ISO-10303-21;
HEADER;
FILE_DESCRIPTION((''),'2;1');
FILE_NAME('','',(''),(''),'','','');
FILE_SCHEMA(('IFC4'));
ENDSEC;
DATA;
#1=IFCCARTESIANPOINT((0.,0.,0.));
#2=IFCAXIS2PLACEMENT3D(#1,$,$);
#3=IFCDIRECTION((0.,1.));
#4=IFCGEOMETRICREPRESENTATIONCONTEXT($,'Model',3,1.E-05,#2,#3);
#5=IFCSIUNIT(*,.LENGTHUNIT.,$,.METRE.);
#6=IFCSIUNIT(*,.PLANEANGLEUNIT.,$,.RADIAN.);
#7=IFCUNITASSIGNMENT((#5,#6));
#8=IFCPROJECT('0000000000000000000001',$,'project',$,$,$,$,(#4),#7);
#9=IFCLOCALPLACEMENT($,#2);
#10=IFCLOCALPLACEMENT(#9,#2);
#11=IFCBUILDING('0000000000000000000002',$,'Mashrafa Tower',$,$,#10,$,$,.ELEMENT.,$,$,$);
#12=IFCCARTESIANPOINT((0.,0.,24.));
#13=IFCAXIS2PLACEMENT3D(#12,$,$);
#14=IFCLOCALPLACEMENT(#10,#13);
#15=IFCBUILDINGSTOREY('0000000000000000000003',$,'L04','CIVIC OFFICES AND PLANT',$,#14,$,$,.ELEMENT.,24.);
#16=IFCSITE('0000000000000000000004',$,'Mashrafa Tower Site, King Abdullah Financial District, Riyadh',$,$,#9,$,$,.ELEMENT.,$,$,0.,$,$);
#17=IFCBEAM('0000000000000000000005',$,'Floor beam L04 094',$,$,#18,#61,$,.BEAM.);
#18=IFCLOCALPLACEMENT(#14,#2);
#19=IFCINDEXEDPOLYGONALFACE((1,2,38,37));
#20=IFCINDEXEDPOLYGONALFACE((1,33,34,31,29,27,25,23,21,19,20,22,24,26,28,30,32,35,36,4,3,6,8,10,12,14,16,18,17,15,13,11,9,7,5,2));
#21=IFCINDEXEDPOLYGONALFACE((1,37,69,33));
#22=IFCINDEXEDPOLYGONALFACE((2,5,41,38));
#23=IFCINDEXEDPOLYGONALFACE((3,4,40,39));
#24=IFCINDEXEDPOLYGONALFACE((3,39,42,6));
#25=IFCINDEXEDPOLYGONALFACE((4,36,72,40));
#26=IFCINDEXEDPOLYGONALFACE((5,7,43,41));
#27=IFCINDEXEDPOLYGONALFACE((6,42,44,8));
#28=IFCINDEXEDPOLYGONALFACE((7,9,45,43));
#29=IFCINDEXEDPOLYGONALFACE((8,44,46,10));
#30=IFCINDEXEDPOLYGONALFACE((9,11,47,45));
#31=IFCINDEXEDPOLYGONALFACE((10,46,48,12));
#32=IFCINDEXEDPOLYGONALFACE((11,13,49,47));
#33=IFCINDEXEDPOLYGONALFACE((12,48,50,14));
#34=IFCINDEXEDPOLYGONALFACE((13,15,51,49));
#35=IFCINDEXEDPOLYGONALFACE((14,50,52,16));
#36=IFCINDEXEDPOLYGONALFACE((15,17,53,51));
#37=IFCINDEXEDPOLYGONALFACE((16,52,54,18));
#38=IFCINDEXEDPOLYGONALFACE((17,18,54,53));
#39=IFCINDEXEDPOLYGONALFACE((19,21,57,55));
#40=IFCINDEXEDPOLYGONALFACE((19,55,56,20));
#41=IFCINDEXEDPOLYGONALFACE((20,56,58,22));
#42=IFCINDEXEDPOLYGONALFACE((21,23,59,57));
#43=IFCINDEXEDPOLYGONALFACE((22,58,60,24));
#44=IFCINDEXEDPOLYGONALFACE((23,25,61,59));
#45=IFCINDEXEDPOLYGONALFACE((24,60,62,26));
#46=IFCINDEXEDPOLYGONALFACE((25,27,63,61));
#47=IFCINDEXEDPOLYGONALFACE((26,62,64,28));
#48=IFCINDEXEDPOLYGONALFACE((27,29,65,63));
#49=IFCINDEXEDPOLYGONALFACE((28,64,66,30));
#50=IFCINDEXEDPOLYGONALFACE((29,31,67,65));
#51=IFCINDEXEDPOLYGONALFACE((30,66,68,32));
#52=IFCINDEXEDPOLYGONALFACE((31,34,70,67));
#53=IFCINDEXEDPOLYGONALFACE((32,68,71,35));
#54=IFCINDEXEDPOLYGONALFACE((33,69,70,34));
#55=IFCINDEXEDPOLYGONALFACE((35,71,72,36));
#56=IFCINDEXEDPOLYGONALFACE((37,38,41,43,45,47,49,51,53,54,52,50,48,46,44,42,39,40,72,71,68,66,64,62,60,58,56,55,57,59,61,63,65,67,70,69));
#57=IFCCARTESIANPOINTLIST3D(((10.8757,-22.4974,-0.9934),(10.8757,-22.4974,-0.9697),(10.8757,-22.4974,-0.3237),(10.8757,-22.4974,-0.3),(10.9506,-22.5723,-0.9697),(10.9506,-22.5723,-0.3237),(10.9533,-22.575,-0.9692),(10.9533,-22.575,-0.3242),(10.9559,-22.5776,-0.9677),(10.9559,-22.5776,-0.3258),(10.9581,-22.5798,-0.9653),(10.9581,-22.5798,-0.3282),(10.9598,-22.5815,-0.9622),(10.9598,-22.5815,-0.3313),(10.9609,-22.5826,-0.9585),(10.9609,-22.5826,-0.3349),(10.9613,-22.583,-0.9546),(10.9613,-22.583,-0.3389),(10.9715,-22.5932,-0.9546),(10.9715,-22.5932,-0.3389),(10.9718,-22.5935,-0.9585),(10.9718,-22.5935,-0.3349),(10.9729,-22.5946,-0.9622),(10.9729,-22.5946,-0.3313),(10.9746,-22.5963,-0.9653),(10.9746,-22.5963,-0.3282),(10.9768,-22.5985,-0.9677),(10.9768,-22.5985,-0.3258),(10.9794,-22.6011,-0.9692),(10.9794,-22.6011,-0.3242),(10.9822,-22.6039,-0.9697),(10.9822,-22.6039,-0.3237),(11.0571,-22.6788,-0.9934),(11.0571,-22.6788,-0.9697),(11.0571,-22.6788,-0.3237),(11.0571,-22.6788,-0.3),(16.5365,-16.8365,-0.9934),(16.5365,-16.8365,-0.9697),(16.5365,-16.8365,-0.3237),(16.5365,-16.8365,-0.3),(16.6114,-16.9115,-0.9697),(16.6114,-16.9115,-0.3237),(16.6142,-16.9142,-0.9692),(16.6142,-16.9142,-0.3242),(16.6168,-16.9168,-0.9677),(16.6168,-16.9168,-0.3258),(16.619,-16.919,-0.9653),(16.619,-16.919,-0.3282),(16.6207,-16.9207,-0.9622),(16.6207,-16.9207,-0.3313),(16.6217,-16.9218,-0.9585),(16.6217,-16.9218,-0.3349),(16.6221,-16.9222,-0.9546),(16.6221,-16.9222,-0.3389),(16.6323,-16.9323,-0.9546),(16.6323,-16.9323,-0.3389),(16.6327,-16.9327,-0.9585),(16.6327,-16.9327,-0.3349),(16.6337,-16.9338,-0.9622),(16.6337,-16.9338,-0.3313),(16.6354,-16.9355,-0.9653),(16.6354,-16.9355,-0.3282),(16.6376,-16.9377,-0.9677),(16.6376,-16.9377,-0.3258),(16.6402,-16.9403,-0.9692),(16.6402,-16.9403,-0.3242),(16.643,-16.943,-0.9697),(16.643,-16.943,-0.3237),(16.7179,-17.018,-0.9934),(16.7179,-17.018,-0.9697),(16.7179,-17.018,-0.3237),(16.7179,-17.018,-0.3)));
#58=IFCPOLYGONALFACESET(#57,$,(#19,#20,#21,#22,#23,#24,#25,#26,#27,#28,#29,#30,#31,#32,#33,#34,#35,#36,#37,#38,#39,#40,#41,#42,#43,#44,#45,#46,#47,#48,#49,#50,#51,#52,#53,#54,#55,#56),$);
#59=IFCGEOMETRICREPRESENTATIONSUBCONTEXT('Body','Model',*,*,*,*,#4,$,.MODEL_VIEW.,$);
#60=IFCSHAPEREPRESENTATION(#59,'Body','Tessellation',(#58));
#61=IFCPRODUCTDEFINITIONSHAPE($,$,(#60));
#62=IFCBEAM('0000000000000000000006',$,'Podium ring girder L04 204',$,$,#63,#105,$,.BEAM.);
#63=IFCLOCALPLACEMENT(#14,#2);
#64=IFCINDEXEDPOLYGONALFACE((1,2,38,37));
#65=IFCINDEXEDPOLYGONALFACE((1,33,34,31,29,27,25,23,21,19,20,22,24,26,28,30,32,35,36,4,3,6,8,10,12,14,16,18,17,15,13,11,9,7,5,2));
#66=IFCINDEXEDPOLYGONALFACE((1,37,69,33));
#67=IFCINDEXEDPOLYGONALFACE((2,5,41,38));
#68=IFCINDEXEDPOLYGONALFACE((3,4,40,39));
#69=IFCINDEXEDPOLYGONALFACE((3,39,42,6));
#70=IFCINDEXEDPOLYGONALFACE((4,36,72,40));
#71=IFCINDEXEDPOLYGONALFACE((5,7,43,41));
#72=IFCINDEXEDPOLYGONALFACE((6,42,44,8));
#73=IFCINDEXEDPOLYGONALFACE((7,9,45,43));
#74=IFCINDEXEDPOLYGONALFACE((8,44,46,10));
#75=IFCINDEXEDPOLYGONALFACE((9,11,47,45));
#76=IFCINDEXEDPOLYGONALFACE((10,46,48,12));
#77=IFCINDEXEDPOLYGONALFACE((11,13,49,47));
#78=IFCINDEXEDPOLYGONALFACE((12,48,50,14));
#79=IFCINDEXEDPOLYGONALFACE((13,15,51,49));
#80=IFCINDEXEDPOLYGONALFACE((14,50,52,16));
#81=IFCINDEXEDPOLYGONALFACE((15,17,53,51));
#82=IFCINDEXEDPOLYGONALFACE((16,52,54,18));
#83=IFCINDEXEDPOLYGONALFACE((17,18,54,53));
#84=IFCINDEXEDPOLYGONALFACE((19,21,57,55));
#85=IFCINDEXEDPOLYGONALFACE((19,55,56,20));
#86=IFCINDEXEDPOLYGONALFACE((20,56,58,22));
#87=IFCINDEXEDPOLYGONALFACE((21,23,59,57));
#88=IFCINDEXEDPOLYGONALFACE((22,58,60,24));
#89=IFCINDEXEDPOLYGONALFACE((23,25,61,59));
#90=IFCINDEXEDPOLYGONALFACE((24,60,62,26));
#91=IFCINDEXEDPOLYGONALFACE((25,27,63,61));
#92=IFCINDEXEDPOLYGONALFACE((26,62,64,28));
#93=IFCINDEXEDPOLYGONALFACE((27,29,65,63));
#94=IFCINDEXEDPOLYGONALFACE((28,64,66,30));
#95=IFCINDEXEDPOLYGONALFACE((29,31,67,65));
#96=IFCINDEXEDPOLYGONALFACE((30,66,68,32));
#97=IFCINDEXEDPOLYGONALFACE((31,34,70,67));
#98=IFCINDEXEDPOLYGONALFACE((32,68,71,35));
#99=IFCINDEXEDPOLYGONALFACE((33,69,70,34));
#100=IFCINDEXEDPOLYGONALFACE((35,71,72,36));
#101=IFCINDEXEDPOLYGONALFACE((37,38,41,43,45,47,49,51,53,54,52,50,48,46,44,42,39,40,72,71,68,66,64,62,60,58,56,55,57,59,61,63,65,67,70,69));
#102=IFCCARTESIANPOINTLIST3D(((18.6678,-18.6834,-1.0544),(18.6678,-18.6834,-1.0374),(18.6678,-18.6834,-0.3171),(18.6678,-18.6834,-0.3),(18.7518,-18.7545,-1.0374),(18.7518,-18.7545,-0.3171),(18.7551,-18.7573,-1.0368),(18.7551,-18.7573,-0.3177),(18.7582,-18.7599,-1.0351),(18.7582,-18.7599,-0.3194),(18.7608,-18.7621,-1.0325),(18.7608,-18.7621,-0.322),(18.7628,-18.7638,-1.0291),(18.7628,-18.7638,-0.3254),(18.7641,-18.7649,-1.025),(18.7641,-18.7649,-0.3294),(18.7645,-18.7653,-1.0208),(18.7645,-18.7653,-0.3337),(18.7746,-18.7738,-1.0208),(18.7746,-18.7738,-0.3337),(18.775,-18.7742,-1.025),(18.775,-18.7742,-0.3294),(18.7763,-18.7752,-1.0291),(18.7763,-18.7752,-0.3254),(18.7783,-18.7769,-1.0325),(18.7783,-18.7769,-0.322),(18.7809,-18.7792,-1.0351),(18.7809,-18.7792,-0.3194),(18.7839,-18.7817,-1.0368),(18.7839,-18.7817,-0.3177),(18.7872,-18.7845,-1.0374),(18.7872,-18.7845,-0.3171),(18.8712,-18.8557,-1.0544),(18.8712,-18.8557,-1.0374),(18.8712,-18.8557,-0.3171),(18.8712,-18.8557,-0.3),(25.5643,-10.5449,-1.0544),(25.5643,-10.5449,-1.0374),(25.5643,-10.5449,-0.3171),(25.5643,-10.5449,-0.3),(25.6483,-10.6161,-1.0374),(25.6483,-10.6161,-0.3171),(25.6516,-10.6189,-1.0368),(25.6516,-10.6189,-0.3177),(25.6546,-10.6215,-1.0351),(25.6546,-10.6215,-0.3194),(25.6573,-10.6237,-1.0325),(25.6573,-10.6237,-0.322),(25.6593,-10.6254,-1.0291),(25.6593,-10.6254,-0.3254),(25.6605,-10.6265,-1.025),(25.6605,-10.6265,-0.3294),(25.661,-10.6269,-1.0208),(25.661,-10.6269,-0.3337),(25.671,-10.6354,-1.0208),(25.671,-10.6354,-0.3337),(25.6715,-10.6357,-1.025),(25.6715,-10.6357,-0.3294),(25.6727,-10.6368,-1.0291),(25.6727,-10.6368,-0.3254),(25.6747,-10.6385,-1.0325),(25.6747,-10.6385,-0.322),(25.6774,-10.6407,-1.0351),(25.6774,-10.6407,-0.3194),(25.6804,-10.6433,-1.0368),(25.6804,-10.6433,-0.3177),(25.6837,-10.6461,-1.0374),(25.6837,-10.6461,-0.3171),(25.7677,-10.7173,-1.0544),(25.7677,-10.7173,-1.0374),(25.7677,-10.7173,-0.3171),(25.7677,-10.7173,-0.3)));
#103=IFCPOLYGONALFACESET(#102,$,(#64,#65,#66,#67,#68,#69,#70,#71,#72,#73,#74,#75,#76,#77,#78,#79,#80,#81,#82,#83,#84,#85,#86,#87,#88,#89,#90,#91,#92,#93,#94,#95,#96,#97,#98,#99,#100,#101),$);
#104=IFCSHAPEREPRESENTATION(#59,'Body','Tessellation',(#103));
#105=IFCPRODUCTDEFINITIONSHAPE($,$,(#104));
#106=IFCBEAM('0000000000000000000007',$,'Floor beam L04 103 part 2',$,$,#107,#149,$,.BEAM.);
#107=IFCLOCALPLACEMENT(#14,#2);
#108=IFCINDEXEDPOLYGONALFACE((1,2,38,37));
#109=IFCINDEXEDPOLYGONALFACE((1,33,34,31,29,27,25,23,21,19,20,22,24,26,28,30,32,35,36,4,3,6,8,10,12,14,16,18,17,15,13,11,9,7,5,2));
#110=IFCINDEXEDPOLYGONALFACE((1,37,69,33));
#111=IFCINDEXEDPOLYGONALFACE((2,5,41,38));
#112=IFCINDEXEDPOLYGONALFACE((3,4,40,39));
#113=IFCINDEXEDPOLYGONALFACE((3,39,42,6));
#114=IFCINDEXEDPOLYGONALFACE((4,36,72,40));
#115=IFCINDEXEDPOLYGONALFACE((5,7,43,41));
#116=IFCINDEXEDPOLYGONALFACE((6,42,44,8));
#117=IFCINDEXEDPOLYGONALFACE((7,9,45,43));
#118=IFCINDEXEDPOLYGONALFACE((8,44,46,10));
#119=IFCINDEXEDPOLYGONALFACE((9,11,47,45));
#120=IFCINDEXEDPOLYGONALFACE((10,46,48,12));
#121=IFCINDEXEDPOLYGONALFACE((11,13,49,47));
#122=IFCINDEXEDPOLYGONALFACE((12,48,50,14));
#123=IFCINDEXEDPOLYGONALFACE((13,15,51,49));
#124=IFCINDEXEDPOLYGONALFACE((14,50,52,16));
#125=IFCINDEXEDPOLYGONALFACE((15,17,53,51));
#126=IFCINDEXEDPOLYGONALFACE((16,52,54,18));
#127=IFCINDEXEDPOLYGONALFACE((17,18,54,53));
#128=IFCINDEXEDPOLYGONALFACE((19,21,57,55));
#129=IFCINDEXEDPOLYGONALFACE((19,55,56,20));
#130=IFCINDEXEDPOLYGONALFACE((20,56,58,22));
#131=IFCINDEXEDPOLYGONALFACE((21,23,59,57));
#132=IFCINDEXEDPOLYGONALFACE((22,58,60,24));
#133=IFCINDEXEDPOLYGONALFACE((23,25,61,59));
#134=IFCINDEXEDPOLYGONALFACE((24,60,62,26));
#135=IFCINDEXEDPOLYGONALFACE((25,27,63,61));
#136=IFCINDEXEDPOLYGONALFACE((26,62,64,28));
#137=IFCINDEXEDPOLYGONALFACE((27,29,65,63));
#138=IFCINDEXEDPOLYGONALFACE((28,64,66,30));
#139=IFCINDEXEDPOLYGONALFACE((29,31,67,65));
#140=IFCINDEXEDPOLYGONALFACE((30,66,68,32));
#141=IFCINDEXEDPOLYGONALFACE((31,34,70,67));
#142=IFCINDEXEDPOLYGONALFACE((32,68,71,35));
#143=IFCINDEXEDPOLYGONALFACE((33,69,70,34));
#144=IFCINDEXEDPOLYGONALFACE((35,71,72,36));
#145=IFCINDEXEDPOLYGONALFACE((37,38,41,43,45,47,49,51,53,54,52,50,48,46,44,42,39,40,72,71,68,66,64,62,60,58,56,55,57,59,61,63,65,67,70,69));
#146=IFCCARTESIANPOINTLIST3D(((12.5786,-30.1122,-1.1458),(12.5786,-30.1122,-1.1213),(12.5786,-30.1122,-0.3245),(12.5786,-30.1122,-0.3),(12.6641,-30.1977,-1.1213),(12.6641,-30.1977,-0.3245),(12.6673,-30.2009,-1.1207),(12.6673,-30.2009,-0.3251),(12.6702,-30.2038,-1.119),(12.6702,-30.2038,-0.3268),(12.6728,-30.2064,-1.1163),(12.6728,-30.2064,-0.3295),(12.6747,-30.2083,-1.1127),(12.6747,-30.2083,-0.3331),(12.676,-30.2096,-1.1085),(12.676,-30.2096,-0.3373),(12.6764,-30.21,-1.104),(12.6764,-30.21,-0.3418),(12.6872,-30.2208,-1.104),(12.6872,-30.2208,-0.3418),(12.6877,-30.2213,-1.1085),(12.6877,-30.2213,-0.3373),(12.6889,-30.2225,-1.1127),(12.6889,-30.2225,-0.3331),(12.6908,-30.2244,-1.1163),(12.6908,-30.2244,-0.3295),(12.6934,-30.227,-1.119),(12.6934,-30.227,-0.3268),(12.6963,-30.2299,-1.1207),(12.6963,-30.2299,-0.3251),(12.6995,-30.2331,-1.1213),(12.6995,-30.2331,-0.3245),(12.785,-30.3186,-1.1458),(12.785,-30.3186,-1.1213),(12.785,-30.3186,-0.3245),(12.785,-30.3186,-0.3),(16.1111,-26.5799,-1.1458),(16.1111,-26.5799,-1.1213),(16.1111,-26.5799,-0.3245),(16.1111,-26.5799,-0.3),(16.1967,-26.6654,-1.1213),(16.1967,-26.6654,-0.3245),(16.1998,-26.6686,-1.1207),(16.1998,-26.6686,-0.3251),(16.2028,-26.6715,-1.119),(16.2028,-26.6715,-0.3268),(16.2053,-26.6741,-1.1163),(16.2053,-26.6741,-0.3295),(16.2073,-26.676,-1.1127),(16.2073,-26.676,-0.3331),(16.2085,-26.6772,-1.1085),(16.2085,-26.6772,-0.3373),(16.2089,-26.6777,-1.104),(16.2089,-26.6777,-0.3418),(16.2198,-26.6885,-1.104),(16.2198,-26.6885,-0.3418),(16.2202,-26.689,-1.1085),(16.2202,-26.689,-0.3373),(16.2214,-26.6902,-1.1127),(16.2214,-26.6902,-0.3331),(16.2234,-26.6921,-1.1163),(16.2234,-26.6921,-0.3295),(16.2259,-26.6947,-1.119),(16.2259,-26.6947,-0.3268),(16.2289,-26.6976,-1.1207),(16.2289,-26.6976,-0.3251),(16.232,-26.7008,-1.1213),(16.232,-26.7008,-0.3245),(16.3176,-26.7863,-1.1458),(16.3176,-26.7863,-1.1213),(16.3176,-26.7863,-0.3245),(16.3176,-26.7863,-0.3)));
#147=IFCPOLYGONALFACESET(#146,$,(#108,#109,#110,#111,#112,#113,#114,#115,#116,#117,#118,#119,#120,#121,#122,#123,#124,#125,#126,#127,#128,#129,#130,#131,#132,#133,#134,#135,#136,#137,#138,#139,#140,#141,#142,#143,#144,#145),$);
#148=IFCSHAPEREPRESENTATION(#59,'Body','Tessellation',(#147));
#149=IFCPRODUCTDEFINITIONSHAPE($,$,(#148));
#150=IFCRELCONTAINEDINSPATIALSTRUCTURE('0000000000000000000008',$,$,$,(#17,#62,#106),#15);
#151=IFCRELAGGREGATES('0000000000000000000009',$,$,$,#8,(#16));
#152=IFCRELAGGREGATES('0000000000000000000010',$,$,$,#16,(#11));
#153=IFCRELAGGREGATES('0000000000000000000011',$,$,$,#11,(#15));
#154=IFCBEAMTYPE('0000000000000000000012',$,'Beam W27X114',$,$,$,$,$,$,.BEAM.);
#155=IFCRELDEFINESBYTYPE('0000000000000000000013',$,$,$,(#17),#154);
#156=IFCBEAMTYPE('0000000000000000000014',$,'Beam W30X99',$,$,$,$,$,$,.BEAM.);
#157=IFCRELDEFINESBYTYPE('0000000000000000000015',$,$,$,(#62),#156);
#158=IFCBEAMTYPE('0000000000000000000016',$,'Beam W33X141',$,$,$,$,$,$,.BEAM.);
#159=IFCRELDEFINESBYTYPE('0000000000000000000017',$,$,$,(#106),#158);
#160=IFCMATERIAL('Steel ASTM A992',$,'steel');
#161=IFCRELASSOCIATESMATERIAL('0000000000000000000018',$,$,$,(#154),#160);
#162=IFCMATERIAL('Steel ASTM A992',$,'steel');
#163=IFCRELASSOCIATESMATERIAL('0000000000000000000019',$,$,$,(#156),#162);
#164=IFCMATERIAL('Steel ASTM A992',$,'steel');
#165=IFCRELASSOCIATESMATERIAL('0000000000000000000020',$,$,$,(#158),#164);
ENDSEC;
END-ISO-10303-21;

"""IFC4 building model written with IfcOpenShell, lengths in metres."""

from ifc_helpers import new_model, si_unit, direction, frame, origin, origin_2d, place, context, subcontext, project, spatial, i_section, extrude, material, material_profile, profile_set, type_object, element, save


model = new_model("IFC4")

# Units and contexts
model_context = context("Model", 3, precision=1e-05, world=origin(), true_north=direction((0.0, 1.0)))
body_context = subcontext(model_context, "Body", "Model", "MODEL_VIEW")
ifc_project = project(units=[si_unit("LENGTHUNIT", "METRE"), si_unit("PLANEANGLEUNIT", "RADIAN")], contexts=[model_context])

# Site, building, storey
site_placement = place(None, origin())
site = spatial("IfcSite", under=ifc_project, at=site_placement, Name="Mashrafa Tower Site, King Abdullah Financial District, Riyadh", CompositionType="ELEMENT", RefElevation=0.0)
building_placement = place(site_placement, origin())
building = spatial("IfcBuilding", under=site, at=building_placement, Name="Mashrafa Tower", CompositionType="ELEMENT")
storey_placement = place(building_placement, frame((0.0, 0.0, 24.0)))
storey = spatial("IfcBuildingStorey", under=building, at=storey_placement, Name="L04", Description="CIVIC OFFICES AND PLANT", CompositionType="ELEMENT", Elevation=24.0)

# Beams
ifc_material_1 = material(Name="Steel ASTM A992", Category="steel")
ifc_material_profile_1 = material_profile(ifc_material_1, i_section(OverallWidth=0.2566, OverallDepth=0.6934, WebThickness=0.0144, FlangeThickness=0.0237, FilletRadius=0.0151, at=origin_2d()), Name="W27X114")
ifc_profile_set_1 = profile_set([ifc_material_profile_1], Name="Steel ASTM A992")
beam_type_1 = type_object("IfcBeamType", Name="Beam W27X114", PredefinedType="BEAM", material=ifc_profile_set_1)
beam_1_placement = place(storey_placement, frame((16.6272, -16.9272, -0.6467), z_axis=(-0.707107, -0.707107, 0.0), x_axis=(0.707107, -0.707107, 0.0)))
element("IfcBeam", 1, at=beam_1_placement, inside=storey, type_object=beam_type_1, Name="Floor beam L04 094", PredefinedType="BEAM", context=body_context, shape_type="SweptSolid", body=[
    extrude(i_section(OverallWidth=0.2566, OverallDepth=0.6934, WebThickness=0.0144, FlangeThickness=0.0237, FilletRadius=0.0151, at=origin_2d()), origin(), (0.0, 0.0, 1.0), 8.0056),
])
ifc_material_2 = material(Name="Steel ASTM A992", Category="steel")
ifc_material_profile_2 = material_profile(ifc_material_2, i_section(OverallWidth=0.2666, OverallDepth=0.7544, WebThickness=0.0132, FlangeThickness=0.0171, FilletRadius=0.0166, at=origin_2d()), Name="W30X99")
ifc_profile_set_2 = profile_set([ifc_material_profile_2], Name="Steel ASTM A992")
beam_type_2 = type_object("IfcBeamType", Name="Beam W30X99", PredefinedType="BEAM", material=ifc_profile_set_2)
beam_2_placement = place(storey_placement, frame((18.7695, -18.7695, -0.6772), z_axis=(0.646495, 0.762918, 0.0), x_axis=(-0.762918, 0.646495, 0.0)))
element("IfcBeam", 2, at=beam_2_placement, inside=storey, type_object=beam_type_2, Name="Podium ring girder L04 204", PredefinedType="BEAM", context=body_context, shape_type="SweptSolid", body=[
    extrude(i_section(OverallWidth=0.2666, OverallDepth=0.7544, WebThickness=0.0132, FlangeThickness=0.0171, FilletRadius=0.0166, at=origin_2d()), origin(), (0.0, 0.0, 1.0), 10.6675),
])
ifc_material_3 = material(Name="Steel ASTM A992", Category="steel")
ifc_material_profile_3 = material_profile(ifc_material_3, i_section(OverallWidth=0.292, OverallDepth=0.8457, WebThickness=0.0154, FlangeThickness=0.0244, FilletRadius=0.0173, at=origin_2d()), Name="W33X141")
ifc_profile_set_3 = profile_set([ifc_material_profile_3], Name="Steel ASTM A992")
beam_type_3 = type_object("IfcBeamType", Name="Beam W33X141", PredefinedType="BEAM", material=ifc_profile_set_3)
beam_3_placement = place(storey_placement, frame((16.2144, -26.6831, -0.7229), z_axis=(-0.707131, -0.707082, 0.0), x_axis=(0.707082, -0.707131, 0.0)))
element("IfcBeam", 3, at=beam_3_placement, inside=storey, type_object=beam_type_3, Name="Floor beam L04 103 part 2", PredefinedType="BEAM", context=body_context, shape_type="SweptSolid", body=[
    extrude(i_section(OverallWidth=0.292, OverallDepth=0.8457, WebThickness=0.0154, FlangeThickness=0.0244, FilletRadius=0.0173, at=origin_2d()), origin(), (0.0, 0.0, 1.0), 4.9956),
])

save(model, "model.ifc")
